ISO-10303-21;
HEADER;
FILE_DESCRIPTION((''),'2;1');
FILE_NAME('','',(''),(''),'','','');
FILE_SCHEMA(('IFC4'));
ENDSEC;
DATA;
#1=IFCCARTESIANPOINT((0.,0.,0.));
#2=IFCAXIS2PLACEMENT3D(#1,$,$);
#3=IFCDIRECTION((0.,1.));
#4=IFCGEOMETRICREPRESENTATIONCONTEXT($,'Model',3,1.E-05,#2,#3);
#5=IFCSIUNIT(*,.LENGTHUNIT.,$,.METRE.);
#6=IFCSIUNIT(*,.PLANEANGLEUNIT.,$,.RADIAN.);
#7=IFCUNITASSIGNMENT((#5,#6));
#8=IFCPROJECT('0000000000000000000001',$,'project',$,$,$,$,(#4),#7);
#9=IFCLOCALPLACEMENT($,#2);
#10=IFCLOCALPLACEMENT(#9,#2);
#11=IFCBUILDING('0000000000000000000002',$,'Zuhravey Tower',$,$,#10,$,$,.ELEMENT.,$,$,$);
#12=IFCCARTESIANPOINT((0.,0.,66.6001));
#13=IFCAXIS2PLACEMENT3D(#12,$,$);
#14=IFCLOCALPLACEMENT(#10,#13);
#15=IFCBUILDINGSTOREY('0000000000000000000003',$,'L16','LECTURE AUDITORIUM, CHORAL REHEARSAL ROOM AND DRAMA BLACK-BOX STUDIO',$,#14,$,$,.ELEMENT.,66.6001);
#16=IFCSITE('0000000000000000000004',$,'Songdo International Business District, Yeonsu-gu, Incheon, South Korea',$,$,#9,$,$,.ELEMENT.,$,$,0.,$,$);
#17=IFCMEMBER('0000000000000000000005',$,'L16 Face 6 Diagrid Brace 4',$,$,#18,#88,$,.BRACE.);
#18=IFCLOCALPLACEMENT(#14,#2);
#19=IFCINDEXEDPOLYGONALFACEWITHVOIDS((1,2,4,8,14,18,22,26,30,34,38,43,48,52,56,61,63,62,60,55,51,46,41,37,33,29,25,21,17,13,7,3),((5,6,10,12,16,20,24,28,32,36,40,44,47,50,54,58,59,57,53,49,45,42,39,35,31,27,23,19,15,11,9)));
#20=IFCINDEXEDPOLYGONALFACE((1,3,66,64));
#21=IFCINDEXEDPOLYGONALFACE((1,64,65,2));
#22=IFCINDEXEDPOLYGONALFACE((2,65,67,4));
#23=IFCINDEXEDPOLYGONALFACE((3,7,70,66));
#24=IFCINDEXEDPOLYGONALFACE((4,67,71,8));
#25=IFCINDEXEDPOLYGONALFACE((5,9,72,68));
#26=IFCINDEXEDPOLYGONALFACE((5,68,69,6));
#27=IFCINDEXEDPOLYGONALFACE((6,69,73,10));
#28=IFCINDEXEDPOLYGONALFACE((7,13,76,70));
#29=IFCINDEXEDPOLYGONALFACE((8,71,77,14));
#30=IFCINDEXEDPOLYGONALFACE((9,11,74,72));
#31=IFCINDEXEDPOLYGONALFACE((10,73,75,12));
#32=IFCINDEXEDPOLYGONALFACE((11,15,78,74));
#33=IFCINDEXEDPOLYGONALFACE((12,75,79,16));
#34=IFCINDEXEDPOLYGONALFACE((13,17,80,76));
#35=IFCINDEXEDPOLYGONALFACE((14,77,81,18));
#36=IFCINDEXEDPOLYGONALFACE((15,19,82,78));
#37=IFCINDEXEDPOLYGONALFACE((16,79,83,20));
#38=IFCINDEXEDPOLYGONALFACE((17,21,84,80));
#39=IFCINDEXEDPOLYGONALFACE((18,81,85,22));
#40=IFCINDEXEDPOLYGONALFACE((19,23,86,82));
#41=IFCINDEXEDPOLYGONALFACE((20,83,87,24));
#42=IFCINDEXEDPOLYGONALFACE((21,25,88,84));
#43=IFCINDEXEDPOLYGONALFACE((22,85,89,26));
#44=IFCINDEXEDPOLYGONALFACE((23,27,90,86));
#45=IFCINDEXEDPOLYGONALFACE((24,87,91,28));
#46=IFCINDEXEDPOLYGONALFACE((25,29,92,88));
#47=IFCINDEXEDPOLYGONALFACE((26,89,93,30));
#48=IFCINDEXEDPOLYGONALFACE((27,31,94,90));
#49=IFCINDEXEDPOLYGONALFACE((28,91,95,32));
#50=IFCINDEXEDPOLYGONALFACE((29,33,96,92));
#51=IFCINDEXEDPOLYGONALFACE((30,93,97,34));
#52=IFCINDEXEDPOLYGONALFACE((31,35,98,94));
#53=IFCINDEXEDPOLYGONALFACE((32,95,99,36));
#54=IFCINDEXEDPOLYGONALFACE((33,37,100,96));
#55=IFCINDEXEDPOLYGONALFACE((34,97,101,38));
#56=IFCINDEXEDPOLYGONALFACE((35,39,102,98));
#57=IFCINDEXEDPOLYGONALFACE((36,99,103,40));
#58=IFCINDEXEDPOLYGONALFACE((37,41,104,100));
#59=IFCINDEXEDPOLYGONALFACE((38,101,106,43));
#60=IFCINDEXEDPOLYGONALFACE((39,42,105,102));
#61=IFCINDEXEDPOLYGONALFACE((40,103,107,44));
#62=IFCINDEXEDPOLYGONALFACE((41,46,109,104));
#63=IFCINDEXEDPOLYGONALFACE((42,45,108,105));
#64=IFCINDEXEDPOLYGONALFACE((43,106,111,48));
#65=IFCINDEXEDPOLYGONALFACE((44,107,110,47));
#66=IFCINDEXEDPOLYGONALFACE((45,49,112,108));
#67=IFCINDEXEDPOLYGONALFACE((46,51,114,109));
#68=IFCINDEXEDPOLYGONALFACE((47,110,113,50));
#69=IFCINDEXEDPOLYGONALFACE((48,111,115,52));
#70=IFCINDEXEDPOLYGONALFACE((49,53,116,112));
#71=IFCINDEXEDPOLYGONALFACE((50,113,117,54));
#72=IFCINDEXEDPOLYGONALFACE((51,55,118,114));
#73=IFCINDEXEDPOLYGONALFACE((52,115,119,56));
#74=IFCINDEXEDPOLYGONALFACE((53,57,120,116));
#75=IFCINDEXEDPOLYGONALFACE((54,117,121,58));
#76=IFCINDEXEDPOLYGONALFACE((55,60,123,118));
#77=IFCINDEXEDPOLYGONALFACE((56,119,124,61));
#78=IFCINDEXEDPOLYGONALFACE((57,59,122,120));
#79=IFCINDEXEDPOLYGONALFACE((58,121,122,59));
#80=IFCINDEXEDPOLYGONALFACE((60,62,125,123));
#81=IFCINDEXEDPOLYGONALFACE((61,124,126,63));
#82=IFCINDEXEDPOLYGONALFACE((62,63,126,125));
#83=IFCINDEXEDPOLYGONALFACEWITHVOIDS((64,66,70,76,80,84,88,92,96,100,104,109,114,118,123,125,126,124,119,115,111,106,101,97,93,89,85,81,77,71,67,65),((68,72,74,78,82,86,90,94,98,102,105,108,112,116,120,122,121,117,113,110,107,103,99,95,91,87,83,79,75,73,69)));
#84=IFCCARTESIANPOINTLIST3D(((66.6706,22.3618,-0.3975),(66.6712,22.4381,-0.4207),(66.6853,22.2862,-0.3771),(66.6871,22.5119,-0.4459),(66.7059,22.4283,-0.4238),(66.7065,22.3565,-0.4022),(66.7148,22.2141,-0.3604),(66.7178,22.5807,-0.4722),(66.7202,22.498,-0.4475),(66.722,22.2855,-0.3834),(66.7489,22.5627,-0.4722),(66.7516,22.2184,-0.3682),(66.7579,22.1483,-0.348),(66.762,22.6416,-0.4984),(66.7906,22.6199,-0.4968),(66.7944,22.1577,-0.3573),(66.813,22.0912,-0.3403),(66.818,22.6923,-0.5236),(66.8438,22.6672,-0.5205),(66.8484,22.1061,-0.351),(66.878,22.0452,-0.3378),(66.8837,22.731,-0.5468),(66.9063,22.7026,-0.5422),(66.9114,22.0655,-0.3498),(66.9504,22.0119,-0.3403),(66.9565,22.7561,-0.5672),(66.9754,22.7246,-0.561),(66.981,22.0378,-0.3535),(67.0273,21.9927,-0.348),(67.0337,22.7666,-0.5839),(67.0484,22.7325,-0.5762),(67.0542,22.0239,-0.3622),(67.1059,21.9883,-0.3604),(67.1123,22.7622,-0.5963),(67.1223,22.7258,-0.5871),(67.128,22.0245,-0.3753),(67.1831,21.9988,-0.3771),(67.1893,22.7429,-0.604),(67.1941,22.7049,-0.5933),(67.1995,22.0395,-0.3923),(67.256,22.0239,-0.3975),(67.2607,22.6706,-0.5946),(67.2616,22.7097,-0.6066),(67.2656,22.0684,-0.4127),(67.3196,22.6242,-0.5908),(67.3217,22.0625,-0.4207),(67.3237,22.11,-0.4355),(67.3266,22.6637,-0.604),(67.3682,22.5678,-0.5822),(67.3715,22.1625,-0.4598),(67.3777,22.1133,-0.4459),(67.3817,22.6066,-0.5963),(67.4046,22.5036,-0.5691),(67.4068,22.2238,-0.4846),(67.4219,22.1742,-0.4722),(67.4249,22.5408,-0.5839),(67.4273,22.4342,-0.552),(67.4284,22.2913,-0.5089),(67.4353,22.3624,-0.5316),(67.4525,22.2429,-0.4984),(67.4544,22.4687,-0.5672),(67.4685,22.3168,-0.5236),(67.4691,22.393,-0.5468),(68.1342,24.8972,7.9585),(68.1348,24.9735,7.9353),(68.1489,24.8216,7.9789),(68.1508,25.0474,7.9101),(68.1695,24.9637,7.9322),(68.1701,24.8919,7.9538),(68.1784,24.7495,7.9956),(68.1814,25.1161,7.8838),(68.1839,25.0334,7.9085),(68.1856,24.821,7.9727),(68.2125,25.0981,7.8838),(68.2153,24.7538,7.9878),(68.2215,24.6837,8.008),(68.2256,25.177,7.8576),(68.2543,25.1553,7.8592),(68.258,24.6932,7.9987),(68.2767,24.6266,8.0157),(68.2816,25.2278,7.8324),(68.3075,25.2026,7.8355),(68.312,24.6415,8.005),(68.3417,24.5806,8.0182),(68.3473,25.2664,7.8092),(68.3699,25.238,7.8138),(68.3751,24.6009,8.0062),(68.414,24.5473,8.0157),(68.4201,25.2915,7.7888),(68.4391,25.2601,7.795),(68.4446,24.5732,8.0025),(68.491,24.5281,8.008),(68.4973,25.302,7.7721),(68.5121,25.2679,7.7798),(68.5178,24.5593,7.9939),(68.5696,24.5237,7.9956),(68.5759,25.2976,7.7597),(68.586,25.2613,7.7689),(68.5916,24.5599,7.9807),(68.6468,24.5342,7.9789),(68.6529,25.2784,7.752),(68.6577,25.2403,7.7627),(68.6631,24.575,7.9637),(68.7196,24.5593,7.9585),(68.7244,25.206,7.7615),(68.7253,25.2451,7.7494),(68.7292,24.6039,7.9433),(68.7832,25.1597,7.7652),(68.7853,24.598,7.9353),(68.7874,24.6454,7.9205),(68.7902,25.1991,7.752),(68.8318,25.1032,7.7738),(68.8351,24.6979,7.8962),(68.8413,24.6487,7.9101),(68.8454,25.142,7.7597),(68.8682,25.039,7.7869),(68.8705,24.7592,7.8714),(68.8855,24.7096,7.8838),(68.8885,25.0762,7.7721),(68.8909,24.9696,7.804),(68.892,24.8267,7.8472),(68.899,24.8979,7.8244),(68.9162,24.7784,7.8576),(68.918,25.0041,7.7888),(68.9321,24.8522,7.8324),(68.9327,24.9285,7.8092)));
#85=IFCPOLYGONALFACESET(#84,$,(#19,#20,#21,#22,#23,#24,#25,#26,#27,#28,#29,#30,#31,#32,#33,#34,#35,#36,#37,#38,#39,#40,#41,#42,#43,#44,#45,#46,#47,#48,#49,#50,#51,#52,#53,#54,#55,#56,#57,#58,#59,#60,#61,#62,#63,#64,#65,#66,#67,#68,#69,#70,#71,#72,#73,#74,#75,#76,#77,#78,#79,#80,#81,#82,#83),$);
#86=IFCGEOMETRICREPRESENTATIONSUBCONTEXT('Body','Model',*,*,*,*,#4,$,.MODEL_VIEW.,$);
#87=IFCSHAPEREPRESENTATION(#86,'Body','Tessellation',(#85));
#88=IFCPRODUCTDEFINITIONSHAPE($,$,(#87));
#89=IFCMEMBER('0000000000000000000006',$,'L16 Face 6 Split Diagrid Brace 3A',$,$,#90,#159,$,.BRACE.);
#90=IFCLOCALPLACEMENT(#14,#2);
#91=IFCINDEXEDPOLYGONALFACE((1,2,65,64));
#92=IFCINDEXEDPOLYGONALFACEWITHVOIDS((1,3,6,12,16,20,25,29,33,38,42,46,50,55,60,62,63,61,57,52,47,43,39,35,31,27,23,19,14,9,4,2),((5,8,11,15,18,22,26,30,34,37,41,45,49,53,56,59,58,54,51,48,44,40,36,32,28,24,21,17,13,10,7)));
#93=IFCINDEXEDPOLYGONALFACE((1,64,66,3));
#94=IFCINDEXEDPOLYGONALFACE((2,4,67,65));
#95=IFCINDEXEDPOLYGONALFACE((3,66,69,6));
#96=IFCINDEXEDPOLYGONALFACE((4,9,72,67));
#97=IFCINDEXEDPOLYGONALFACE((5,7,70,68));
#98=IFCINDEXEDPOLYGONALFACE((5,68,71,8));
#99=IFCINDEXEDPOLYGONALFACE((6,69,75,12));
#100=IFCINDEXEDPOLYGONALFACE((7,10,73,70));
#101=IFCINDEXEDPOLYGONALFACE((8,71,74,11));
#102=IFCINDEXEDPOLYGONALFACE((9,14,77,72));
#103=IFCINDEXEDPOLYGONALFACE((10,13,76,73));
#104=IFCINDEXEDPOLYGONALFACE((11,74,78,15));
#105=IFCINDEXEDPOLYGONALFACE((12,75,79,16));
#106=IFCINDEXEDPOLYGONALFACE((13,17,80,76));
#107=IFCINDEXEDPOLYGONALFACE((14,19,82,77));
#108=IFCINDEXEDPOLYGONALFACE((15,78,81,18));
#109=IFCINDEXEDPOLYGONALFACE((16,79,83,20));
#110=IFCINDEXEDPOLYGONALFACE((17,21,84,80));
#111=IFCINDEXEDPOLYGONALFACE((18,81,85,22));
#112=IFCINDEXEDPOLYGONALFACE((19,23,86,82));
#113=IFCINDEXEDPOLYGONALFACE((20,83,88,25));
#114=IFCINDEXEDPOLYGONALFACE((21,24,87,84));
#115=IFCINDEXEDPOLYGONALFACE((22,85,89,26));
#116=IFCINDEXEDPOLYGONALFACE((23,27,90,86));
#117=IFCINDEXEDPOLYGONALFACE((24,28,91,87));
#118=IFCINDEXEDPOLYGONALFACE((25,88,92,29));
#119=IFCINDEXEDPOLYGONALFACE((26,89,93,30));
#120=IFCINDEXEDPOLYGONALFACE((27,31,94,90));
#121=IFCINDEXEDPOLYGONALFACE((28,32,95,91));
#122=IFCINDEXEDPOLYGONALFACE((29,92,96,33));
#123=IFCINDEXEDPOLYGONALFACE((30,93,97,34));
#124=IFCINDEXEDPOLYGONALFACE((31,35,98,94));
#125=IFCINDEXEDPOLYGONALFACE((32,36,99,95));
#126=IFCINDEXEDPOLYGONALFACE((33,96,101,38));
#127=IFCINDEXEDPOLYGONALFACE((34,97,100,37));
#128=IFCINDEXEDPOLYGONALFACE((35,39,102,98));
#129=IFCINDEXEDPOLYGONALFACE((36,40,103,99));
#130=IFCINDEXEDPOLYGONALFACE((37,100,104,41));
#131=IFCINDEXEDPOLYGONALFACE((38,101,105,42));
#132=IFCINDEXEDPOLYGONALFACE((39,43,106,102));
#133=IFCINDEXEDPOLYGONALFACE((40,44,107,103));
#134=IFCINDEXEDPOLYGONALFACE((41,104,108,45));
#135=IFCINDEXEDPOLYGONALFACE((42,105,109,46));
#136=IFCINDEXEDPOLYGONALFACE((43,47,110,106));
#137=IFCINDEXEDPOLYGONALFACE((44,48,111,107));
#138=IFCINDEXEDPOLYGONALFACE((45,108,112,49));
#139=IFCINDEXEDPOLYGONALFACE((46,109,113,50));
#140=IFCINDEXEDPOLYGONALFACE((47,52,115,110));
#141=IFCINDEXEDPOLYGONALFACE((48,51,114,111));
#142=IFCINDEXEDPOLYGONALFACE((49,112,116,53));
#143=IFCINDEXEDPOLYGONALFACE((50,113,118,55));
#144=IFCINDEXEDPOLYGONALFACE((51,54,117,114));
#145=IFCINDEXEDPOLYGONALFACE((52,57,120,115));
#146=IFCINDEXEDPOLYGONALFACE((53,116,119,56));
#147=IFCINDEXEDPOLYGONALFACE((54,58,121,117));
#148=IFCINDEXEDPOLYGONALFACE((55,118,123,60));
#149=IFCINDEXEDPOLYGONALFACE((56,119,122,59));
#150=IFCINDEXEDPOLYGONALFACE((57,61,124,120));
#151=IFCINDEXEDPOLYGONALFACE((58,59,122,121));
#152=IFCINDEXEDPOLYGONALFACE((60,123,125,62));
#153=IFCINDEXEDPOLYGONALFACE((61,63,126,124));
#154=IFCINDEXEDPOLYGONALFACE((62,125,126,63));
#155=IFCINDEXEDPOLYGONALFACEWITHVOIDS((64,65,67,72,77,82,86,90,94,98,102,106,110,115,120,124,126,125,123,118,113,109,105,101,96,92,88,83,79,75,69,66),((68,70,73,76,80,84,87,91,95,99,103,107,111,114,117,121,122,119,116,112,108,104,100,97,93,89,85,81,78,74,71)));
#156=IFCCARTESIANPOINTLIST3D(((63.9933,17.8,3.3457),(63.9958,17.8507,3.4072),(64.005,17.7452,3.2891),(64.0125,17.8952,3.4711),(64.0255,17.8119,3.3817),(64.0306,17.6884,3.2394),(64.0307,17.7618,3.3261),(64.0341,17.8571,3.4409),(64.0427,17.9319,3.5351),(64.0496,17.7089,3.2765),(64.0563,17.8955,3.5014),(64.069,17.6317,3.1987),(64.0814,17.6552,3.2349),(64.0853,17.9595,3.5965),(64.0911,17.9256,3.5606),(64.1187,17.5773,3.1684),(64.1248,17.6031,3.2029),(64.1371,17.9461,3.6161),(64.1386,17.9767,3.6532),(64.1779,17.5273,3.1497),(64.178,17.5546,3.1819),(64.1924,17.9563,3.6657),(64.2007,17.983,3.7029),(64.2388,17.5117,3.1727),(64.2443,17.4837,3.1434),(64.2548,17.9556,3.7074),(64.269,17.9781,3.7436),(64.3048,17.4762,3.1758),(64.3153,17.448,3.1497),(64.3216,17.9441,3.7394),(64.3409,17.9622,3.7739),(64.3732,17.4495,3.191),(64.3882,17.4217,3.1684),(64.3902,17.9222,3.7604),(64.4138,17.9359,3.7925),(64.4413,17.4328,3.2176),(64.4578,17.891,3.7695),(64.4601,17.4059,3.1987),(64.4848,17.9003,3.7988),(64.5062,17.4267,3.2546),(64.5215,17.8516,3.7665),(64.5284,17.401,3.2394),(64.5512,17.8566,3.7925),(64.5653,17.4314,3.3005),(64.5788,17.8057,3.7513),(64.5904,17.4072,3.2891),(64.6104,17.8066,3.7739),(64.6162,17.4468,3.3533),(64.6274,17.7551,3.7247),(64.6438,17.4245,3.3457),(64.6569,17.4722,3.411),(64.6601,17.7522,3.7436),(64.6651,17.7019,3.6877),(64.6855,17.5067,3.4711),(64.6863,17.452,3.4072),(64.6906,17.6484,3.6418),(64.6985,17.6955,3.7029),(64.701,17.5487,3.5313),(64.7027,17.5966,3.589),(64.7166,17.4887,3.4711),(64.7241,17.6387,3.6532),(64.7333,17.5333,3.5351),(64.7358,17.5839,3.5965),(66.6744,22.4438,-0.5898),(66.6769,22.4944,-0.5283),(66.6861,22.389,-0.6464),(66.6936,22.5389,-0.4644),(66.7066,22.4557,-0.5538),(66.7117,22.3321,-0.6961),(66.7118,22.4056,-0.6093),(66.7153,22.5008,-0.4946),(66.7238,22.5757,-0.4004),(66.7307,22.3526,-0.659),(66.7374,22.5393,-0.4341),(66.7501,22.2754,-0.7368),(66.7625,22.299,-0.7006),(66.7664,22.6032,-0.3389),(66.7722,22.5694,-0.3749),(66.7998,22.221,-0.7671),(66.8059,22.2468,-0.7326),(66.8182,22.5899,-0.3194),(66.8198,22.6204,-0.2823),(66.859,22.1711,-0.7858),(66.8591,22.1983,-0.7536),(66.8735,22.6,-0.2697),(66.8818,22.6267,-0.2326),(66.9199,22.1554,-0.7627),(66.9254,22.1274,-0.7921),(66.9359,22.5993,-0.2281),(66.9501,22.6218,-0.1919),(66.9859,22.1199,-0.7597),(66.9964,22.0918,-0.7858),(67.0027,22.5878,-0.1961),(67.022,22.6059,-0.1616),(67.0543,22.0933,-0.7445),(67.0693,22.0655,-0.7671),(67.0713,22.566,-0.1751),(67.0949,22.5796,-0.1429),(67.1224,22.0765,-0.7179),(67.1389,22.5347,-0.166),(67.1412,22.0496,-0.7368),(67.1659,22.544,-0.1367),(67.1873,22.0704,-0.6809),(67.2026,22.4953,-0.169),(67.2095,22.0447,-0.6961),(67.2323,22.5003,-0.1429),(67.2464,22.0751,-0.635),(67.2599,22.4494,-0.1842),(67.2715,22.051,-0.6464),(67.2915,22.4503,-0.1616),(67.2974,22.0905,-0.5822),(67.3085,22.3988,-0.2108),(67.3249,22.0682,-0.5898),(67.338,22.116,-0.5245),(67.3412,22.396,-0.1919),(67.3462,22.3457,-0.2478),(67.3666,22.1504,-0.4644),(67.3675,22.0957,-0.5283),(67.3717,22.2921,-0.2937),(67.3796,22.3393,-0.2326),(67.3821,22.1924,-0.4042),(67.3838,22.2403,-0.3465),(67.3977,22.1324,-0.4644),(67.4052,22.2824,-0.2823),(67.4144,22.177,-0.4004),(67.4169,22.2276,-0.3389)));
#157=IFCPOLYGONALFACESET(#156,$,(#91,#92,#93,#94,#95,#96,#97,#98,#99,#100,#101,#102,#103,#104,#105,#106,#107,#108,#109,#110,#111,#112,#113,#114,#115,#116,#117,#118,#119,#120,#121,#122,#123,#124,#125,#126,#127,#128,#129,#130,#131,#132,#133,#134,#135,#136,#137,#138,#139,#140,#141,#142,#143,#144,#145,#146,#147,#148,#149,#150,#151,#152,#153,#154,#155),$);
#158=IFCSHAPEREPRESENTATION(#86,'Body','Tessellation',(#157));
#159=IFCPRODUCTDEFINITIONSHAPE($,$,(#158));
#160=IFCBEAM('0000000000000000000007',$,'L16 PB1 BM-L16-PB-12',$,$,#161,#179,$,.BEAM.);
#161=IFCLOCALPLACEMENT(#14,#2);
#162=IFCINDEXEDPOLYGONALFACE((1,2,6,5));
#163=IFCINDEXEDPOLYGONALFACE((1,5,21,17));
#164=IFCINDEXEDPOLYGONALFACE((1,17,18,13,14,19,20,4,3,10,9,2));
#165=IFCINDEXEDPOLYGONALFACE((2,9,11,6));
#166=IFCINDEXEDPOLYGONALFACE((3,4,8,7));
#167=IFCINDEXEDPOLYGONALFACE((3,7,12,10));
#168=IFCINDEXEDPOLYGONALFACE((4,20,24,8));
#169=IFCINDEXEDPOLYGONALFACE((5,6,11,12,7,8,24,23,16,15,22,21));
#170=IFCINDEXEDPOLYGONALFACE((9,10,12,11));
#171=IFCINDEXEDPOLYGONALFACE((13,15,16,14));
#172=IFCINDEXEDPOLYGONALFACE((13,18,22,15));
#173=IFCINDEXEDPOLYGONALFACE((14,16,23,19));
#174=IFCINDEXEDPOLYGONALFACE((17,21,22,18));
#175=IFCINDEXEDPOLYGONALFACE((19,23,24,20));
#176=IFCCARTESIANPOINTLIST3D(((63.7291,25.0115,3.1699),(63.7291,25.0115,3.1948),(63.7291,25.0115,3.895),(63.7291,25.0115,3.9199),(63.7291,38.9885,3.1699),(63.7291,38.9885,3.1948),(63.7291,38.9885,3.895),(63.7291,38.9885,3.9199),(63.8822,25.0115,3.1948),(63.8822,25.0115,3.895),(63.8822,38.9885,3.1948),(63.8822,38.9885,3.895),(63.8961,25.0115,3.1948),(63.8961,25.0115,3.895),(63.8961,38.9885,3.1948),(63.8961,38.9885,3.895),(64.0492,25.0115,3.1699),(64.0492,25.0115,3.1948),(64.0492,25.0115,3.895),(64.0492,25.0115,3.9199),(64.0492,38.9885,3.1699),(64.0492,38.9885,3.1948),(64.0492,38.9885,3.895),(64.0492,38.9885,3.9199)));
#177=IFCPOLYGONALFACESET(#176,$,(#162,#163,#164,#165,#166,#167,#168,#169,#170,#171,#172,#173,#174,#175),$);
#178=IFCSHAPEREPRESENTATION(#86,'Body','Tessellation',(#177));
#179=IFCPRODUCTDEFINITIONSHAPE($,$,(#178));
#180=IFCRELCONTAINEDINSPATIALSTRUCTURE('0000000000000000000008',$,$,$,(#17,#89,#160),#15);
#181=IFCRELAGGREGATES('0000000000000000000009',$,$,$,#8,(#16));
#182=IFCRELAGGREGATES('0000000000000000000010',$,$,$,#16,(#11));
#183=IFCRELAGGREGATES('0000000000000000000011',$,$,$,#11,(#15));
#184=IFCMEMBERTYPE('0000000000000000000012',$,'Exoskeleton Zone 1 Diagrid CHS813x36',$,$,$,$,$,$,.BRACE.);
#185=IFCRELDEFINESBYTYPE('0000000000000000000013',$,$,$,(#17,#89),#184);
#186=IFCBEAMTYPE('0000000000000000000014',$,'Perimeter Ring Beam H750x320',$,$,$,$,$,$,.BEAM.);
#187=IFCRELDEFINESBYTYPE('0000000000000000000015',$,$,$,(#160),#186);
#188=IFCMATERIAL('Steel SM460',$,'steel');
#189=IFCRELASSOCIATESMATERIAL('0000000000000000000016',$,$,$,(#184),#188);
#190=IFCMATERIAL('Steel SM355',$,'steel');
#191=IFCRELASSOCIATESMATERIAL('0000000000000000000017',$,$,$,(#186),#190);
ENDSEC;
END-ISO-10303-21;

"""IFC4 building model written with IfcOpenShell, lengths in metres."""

from ifc_helpers import new_model, si_unit, direction, frame, origin, origin_2d, place, context, subcontext, project, spatial, hollow_circle, i_section, extrude, material, material_profile, profile_set, type_object, element, save


model = new_model("IFC4")

# Units and contexts
model_context = context("Model", 3, precision=1e-05, world=origin(), true_north=direction((0.0, 1.0)))
body_context = subcontext(model_context, "Body", "Model", "MODEL_VIEW")
ifc_project = project(units=[si_unit("LENGTHUNIT", "METRE"), si_unit("PLANEANGLEUNIT", "RADIAN")], contexts=[model_context])

# Site, building, storey
site_placement = place(None, origin())
site = spatial("IfcSite", under=ifc_project, at=site_placement, Name="Songdo International Business District, Yeonsu-gu, Incheon, South Korea", CompositionType="ELEMENT", RefElevation=0.0)
building_placement = place(site_placement, origin())
building = spatial("IfcBuilding", under=site, at=building_placement, Name="Zuhravey Tower", CompositionType="ELEMENT")
storey_placement = place(building_placement, frame((0.0, 0.0, 66.6001)))
storey = spatial("IfcBuildingStorey", under=building, at=storey_placement, Name="L16", Description="LECTURE AUDITORIUM, CHORAL REHEARSAL ROOM AND DRAMA BLACK-BOX STUDIO", CompositionType="ELEMENT", Elevation=66.6001)

# Members
ifc_material_1 = material(Name="Steel SM460", Category="steel")
ifc_material_profile_1 = material_profile(ifc_material_1, hollow_circle(Radius=0.4065, WallThickness=0.0359, at=origin_2d()), Name="CHS-812.8x36")
ifc_profile_set_1 = profile_set([ifc_material_profile_1], Name="Steel SM460")
member_type_1 = type_object("IfcMemberType", Name="Exoskeleton Zone 1 Diagrid CHS813x36", PredefinedType="BRACE", material=ifc_profile_set_1)
member_1_placement = place(storey_placement, frame((67.0698, 22.3774, -0.4722), z_axis=(0.165307, 0.286358, 0.943755), x_axis=(-0.866054, 0.499951, 0.0)))
element("IfcMember", 1, at=member_1_placement, inside=storey, type_object=member_type_1, Name="L16 Face 6 Diagrid Brace 4", PredefinedType="BRACE", context=body_context, shape_type="SweptSolid", body=[
    extrude(hollow_circle(Radius=0.4065, WallThickness=0.0359, at=origin_2d()), origin(), (0.0, 0.0, 1.0), 8.854),
])
member_2_placement = place(storey_placement, frame((67.0457, 22.3357, -0.4644), z_axis=(-0.403092, -0.698162, 0.591681), x_axis=(0.866021, -0.500008, 0.0)))
element("IfcMember", 2, at=member_2_placement, inside=storey, type_object=member_type_1, Name="L16 Face 6 Split Diagrid Brace 3A", PredefinedType="BRACE", context=body_context, shape_type="SweptSolid", body=[
    extrude(hollow_circle(Radius=0.4065, WallThickness=0.0359, at=origin_2d()), origin(), (0.0, 0.0, 1.0), 6.6514),
])

# Beam
ifc_material_2 = material(Name="Steel SM355", Category="steel")
ifc_material_profile_2 = material_profile(ifc_material_2, i_section(OverallWidth=0.3201, OverallDepth=0.75, WebThickness=0.0139, FlangeThickness=0.0249, at=origin_2d()), Name="H-750x320x14x25")
ifc_profile_set_2 = profile_set([ifc_material_profile_2], Name="Steel SM355")
beam_type_1 = type_object("IfcBeamType", Name="Perimeter Ring Beam H750x320", PredefinedType="BEAM", material=ifc_profile_set_2)
beam_1_placement = place(storey_placement, frame((63.8892, 25.0115, 3.5449), z_axis=(0.0, 1.0, 0.0), x_axis=(-1.0, 0.0, 0.0)))
element("IfcBeam", 3, at=beam_1_placement, inside=storey, type_object=beam_type_1, Name="L16 PB1 BM-L16-PB-12", PredefinedType="BEAM", context=body_context, shape_type="SweptSolid", body=[
    extrude(i_section(OverallWidth=0.3201, OverallDepth=0.75, WebThickness=0.0139, FlangeThickness=0.0249, at=origin_2d()), origin(), (0.0, 0.0, 1.0), 13.9771),
])

save(model, "model.ifc")
